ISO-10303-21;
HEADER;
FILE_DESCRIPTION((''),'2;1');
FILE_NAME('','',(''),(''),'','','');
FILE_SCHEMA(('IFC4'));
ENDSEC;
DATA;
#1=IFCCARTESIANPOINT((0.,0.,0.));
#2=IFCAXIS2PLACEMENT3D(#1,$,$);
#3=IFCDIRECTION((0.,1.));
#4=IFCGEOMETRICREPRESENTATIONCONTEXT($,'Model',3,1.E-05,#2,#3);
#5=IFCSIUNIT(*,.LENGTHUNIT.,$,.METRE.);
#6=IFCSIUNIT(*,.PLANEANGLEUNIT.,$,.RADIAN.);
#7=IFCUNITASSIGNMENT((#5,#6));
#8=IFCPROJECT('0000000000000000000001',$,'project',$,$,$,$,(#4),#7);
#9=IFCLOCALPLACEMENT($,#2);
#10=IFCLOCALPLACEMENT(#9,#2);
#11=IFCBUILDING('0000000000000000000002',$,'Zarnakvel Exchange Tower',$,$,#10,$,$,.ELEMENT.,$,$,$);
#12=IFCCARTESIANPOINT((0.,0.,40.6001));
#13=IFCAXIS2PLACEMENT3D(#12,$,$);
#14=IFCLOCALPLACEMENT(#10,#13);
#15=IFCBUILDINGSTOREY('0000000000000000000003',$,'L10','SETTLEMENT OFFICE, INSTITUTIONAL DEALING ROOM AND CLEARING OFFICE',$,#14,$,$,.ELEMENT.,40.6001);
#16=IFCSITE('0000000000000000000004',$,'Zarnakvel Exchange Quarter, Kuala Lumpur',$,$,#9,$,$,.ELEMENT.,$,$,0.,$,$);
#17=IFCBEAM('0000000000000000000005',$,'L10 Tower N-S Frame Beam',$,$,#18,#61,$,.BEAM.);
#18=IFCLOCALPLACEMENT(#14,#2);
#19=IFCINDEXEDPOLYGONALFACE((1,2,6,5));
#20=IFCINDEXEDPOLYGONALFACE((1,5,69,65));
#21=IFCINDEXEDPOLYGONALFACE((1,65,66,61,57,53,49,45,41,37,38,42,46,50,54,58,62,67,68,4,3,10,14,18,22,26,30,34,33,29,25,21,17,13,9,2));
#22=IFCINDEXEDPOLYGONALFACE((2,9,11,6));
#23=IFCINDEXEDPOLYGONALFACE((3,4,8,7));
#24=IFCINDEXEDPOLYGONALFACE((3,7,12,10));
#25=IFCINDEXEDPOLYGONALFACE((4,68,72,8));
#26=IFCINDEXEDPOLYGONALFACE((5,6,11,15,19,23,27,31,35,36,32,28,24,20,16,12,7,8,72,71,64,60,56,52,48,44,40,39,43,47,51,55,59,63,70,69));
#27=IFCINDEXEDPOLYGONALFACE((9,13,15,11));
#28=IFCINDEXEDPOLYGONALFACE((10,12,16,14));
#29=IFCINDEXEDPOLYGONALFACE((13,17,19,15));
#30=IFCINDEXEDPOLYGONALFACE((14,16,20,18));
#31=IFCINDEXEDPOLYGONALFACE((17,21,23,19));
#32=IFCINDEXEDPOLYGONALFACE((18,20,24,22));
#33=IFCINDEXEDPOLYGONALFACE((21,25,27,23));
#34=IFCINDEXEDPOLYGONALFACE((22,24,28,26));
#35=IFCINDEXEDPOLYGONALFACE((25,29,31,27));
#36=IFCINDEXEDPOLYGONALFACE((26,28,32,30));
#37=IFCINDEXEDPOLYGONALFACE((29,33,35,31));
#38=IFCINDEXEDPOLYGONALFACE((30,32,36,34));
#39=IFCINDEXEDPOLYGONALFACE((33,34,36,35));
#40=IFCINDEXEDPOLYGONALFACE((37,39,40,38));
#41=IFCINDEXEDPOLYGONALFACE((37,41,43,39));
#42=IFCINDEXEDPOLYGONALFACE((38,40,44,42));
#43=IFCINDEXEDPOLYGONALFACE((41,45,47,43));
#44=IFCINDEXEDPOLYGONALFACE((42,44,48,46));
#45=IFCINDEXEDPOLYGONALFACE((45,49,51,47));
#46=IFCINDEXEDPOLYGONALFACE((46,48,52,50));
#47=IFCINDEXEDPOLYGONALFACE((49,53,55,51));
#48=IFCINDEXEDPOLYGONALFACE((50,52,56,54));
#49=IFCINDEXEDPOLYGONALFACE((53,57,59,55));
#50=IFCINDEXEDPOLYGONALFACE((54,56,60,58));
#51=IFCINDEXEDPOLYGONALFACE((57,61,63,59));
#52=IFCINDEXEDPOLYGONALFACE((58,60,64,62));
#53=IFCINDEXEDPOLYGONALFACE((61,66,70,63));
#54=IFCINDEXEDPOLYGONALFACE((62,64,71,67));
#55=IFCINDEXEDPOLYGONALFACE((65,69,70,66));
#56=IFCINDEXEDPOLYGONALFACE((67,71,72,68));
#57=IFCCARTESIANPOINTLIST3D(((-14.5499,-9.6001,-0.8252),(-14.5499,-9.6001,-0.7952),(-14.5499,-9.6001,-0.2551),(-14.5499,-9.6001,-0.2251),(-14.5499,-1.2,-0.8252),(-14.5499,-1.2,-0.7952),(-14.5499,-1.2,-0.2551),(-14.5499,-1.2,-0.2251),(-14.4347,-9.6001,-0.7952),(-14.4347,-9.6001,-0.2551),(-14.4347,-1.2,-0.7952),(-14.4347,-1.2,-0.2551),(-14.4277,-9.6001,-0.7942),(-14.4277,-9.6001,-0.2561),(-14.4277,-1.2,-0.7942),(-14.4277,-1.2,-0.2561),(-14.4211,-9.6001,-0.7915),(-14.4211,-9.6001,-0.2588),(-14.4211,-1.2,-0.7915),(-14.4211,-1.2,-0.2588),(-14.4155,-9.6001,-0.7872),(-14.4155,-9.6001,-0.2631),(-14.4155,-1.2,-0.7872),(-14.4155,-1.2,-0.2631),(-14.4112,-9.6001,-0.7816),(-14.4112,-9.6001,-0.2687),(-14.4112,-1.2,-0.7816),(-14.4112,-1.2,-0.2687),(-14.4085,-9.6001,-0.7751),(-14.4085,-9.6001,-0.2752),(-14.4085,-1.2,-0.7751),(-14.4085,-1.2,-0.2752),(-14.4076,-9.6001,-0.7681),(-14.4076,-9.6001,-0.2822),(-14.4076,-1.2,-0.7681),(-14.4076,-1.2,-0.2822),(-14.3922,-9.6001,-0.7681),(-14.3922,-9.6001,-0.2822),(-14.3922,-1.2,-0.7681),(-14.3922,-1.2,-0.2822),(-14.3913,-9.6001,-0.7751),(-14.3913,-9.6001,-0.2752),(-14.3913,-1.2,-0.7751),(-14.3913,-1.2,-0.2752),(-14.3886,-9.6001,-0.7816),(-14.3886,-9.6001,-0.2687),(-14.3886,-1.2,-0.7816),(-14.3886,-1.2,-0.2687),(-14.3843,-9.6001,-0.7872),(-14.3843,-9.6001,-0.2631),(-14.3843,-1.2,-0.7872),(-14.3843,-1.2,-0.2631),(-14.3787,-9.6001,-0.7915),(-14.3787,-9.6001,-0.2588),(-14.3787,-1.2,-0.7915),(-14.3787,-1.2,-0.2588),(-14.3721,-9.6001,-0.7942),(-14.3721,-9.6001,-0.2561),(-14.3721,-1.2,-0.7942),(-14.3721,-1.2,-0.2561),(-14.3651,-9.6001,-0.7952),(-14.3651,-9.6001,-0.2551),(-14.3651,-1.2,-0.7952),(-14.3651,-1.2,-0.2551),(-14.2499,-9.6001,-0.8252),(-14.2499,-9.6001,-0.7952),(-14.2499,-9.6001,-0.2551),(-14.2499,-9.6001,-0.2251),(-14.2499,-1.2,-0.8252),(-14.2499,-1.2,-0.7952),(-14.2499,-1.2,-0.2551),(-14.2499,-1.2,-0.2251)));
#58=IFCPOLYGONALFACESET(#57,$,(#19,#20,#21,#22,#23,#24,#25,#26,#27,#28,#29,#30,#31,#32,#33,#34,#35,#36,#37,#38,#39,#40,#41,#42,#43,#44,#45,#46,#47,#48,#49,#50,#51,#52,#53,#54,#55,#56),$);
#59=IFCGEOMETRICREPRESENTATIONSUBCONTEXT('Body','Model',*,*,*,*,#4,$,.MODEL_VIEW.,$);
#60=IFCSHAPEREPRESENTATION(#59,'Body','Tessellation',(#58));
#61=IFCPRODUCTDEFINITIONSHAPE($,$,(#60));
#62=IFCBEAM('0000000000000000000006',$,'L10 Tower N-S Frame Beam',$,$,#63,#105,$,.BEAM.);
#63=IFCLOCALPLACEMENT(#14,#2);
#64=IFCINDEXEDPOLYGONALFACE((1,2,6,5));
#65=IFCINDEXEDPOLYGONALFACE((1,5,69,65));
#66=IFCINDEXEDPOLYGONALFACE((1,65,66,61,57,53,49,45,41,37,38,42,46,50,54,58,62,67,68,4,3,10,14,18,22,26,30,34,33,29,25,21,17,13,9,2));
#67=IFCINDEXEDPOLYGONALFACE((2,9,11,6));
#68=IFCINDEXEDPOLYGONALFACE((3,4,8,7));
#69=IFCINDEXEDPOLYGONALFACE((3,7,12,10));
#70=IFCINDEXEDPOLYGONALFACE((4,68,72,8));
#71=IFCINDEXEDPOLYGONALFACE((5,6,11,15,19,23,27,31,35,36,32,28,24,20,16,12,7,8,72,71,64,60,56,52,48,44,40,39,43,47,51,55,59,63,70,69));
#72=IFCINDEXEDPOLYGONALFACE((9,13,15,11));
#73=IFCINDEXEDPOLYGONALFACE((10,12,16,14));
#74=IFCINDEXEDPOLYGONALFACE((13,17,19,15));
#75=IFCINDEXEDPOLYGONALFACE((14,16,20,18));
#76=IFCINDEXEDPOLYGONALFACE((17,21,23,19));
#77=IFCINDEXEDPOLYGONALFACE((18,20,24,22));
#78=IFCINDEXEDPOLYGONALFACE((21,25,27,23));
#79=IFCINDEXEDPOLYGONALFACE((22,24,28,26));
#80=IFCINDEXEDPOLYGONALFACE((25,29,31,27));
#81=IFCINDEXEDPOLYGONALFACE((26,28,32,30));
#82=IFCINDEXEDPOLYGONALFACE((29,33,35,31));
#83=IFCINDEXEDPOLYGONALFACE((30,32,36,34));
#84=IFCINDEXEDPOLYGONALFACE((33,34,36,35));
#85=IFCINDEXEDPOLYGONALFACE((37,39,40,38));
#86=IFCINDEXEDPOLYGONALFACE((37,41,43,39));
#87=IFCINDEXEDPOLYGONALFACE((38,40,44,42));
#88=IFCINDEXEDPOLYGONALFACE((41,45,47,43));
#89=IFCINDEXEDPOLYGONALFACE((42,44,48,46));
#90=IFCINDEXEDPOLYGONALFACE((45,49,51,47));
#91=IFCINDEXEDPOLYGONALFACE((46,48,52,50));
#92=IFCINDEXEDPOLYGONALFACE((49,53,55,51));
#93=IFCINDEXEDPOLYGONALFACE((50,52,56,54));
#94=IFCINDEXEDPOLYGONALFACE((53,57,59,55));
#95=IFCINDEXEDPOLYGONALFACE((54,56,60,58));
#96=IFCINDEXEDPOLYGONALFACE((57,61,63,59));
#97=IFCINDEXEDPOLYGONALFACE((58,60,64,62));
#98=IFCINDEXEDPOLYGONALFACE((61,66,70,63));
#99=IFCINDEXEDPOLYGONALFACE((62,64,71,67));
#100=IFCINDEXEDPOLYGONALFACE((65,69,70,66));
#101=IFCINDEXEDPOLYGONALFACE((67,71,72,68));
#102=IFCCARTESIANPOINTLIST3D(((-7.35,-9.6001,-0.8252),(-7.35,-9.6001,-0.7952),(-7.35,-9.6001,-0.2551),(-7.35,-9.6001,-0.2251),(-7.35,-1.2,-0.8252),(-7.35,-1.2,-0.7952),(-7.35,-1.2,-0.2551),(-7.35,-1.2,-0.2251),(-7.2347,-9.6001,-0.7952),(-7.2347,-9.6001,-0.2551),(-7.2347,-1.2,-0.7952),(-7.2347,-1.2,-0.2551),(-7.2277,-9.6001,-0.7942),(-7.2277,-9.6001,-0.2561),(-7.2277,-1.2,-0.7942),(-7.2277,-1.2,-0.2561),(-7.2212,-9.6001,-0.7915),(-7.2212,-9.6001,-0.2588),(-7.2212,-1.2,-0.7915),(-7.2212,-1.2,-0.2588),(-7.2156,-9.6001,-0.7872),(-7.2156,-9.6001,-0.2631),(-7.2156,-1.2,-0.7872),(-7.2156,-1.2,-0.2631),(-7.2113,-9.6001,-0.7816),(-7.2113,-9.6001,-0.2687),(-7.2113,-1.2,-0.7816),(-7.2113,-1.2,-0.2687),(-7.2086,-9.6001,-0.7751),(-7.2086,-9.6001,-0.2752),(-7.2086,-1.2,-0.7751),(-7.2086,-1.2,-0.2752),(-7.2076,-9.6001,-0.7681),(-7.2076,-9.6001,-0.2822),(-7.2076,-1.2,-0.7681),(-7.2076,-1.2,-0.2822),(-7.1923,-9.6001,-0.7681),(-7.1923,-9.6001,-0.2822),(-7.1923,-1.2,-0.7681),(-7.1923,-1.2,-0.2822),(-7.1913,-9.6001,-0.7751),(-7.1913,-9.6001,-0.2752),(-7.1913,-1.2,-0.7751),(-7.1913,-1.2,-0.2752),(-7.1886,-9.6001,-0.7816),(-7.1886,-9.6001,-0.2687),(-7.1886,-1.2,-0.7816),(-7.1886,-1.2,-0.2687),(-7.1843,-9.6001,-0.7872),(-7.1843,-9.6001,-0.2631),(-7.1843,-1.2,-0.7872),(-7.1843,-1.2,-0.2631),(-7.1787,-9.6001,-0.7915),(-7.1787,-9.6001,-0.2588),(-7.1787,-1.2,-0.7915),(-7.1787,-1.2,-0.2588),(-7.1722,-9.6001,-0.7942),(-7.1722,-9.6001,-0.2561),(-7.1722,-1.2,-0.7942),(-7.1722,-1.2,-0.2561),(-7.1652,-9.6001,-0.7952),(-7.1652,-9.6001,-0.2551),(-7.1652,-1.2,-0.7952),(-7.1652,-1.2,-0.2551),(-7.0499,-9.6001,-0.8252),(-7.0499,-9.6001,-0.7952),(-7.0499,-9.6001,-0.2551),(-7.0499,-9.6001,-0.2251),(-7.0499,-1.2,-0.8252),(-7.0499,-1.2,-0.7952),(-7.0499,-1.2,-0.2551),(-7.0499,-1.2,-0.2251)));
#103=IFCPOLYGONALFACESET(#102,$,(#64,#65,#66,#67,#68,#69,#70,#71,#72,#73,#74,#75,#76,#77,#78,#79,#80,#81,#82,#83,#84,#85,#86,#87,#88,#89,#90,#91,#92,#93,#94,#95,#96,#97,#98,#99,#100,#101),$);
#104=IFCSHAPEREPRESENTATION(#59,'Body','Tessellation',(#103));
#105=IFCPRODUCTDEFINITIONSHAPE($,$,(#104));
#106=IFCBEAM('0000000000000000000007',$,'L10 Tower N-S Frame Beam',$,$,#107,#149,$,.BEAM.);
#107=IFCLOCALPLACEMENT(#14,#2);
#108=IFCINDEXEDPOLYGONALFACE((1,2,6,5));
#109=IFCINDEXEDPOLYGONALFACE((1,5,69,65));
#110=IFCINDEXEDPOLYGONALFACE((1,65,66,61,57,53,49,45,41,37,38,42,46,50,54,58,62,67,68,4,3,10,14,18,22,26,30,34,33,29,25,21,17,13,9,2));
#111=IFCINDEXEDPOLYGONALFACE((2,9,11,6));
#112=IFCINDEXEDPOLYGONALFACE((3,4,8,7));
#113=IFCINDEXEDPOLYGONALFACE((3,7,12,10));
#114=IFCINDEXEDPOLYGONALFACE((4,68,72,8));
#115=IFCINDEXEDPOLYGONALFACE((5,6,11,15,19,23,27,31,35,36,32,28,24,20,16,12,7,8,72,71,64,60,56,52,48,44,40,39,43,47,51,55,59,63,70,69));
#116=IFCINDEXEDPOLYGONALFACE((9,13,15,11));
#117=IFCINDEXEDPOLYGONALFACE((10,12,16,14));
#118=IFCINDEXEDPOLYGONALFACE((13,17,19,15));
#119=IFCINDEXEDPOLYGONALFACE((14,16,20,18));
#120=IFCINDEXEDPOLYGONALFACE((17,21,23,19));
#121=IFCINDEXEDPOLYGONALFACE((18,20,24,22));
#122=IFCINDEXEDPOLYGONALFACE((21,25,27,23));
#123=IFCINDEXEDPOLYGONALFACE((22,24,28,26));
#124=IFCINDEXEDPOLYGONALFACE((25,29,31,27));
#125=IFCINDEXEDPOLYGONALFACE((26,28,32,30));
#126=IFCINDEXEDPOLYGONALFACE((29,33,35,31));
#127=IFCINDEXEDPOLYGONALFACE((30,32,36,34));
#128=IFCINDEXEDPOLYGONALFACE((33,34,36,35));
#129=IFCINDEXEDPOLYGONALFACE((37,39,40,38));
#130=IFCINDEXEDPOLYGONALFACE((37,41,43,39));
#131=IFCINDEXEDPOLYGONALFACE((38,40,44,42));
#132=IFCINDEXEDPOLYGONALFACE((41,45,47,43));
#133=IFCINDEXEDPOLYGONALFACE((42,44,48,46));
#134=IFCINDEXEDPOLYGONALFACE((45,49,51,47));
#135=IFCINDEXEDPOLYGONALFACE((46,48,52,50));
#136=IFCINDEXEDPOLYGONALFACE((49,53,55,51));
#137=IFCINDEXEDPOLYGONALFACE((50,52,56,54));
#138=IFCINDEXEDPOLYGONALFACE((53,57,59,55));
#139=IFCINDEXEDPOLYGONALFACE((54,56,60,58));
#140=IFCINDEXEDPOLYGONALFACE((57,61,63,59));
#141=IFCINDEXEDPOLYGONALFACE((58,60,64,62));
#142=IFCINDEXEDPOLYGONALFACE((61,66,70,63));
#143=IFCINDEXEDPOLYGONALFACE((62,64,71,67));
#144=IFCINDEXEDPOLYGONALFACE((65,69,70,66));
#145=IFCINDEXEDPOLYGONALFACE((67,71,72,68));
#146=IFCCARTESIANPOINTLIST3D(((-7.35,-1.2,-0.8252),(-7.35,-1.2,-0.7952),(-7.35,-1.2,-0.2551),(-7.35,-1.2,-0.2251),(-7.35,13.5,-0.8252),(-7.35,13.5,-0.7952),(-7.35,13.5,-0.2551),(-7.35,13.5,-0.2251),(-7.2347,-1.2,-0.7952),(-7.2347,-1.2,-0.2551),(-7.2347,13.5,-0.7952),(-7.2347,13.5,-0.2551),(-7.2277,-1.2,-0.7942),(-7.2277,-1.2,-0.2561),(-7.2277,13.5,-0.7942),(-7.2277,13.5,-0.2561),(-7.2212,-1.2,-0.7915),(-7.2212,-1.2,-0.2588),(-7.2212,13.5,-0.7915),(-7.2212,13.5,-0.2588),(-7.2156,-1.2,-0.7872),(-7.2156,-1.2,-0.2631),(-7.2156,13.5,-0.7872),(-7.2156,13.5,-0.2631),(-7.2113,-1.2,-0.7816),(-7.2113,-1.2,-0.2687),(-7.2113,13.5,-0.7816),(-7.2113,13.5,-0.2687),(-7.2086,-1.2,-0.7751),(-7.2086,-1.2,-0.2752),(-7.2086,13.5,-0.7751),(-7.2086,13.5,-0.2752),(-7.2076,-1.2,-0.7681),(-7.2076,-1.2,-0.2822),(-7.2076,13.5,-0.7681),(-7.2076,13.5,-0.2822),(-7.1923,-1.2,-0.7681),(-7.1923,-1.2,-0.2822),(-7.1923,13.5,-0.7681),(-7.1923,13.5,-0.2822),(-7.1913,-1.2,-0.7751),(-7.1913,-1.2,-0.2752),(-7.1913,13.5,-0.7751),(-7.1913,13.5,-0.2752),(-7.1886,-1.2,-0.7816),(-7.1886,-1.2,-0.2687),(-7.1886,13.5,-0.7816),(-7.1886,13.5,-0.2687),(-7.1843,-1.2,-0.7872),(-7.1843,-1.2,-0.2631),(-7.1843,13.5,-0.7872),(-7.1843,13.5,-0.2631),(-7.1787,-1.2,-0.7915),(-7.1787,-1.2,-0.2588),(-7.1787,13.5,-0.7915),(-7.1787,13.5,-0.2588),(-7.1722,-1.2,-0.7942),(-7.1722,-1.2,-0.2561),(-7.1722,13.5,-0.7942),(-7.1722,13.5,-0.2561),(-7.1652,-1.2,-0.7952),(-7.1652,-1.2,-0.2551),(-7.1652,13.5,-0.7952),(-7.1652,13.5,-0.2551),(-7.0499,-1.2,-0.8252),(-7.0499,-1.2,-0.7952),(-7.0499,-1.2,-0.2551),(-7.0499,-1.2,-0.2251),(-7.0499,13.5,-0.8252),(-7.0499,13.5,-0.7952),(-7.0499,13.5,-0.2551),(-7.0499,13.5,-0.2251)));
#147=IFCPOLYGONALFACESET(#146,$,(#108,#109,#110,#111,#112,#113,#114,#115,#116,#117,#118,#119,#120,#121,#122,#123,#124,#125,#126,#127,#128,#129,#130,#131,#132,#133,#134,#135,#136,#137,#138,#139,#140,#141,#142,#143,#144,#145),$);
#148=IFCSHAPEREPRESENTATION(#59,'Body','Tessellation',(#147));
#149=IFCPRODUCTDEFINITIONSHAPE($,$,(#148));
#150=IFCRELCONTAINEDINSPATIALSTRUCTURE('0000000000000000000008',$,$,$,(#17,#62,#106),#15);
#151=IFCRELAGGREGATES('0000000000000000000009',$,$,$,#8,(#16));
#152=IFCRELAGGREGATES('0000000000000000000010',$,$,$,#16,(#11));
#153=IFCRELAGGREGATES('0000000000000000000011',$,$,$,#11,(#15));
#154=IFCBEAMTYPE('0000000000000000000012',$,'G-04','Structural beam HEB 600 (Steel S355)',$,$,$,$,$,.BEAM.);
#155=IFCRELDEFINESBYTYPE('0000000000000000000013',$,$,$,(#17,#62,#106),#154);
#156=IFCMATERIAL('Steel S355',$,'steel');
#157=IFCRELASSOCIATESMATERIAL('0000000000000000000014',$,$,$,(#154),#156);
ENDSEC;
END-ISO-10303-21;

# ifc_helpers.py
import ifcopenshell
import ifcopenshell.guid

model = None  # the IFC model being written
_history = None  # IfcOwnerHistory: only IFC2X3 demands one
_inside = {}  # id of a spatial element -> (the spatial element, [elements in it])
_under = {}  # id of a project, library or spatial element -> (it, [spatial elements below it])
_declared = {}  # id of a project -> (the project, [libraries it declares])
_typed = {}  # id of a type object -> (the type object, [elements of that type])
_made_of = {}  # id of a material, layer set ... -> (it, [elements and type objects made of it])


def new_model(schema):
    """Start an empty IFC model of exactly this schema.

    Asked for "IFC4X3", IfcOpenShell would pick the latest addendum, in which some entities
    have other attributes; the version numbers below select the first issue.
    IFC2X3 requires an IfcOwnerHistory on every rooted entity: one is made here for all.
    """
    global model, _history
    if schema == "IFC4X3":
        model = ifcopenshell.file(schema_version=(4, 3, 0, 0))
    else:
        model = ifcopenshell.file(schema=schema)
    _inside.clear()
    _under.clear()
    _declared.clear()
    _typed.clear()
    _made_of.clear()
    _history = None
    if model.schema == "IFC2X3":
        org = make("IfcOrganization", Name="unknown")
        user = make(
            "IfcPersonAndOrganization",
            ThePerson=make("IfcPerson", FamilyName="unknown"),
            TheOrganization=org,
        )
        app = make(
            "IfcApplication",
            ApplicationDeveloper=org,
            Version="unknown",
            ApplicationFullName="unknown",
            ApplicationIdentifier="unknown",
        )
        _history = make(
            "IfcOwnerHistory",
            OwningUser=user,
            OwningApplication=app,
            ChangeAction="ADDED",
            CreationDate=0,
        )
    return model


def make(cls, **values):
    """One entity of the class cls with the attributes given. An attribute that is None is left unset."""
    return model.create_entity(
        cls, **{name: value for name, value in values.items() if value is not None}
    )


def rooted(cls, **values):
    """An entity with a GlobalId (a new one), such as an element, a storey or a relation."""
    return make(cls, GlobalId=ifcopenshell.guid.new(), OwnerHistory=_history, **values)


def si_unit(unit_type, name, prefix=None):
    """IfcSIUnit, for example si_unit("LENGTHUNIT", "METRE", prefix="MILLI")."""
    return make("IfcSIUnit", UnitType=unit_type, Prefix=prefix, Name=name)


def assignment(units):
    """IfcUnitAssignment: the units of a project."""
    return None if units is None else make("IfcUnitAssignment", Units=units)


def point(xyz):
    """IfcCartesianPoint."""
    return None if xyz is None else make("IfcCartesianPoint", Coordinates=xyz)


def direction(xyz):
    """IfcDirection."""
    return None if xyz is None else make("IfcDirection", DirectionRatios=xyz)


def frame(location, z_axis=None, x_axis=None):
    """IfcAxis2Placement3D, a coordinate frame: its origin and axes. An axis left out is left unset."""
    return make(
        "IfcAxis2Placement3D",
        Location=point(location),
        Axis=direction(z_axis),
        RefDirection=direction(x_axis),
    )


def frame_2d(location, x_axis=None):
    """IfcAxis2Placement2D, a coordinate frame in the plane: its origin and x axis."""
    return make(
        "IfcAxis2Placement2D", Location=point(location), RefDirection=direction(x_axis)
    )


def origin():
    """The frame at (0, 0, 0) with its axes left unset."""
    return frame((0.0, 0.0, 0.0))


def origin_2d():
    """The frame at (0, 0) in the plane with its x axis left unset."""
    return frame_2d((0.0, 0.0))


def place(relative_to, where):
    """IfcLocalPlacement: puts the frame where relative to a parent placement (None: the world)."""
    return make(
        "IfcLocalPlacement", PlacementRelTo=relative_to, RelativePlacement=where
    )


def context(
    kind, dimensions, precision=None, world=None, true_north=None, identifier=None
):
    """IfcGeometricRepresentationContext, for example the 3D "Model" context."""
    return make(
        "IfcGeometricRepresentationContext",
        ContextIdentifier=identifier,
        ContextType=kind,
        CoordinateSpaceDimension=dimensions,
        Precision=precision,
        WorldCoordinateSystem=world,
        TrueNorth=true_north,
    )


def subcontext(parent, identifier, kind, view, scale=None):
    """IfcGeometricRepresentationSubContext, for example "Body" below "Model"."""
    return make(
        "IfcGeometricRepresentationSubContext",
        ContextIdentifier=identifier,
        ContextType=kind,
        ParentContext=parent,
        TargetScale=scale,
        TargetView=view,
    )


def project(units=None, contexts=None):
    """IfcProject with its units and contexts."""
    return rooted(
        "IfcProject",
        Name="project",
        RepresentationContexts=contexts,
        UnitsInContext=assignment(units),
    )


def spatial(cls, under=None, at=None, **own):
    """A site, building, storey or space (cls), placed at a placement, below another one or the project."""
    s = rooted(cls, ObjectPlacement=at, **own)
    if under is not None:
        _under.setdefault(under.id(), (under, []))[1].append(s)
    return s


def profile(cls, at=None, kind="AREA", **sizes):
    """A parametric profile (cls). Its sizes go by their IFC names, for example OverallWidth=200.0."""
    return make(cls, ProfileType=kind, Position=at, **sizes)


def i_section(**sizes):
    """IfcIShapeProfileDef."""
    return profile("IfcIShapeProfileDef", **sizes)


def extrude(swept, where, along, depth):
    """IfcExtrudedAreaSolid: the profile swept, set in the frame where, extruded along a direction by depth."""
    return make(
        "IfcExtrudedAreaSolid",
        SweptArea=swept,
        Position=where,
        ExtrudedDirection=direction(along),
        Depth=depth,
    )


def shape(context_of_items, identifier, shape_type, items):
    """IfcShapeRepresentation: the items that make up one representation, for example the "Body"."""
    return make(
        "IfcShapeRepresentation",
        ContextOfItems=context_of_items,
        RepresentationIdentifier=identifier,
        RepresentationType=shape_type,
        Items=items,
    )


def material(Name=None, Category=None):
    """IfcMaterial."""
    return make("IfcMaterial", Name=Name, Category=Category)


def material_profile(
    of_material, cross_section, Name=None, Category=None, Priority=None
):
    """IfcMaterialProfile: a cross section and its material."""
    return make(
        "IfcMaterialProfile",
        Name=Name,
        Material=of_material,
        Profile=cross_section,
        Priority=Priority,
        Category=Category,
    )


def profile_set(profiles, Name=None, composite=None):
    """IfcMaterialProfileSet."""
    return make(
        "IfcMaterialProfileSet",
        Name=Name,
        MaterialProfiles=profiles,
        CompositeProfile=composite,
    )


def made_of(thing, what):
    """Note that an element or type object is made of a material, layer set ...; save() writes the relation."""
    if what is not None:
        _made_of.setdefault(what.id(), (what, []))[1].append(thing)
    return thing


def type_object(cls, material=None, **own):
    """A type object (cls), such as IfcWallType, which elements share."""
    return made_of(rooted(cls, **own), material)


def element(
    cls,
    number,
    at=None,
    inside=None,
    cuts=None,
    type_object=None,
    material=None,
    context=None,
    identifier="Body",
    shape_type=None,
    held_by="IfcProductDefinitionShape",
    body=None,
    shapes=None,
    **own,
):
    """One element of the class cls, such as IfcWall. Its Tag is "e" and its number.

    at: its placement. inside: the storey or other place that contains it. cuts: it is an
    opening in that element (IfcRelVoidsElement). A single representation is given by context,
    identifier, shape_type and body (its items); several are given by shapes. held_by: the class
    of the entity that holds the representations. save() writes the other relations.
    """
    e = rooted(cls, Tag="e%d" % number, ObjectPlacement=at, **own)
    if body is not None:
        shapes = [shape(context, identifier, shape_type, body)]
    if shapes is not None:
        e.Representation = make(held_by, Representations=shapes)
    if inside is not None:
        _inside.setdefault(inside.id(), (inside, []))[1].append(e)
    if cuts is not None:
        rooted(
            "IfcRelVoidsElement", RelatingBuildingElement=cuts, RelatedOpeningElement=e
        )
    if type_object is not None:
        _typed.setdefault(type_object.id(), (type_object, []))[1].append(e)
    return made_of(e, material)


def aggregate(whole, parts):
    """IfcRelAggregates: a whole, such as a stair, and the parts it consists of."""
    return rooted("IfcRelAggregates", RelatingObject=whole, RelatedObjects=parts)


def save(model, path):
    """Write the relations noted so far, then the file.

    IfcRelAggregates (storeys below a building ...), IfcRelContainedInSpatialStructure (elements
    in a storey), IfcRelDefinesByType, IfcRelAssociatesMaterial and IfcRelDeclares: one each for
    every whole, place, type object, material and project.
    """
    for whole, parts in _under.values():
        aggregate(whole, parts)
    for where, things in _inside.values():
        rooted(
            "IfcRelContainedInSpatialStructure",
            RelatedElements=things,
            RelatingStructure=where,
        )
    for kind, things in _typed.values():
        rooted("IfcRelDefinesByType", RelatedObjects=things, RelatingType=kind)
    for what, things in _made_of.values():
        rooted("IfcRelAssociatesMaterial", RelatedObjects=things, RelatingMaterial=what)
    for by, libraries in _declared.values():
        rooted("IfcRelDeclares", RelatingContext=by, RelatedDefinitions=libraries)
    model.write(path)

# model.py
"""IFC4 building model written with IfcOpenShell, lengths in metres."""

from ifc_helpers import new_model, si_unit, direction, frame, origin, origin_2d, place, context, subcontext, project, spatial, i_section, extrude, material, material_profile, profile_set, type_object, element, save


model = new_model("IFC4")

# Units and contexts
model_context = context("Model", 3, precision=1e-05, world=origin(), true_north=direction((0.0, 1.0)))
body_context = subcontext(model_context, "Body", "Model", "MODEL_VIEW")
ifc_project = project(units=[si_unit("LENGTHUNIT", "METRE"), si_unit("PLANEANGLEUNIT", "RADIAN")], contexts=[model_context])

# Site, building, storey
site_placement = place(None, origin())
site = spatial("IfcSite", under=ifc_project, at=site_placement, Name="Zarnakvel Exchange Quarter, Kuala Lumpur", CompositionType="ELEMENT", RefElevation=0.0)
building_placement = place(site_placement, origin())
building = spatial("IfcBuilding", under=site, at=building_placement, Name="Zarnakvel Exchange Tower", CompositionType="ELEMENT")
storey_placement = place(building_placement, frame((0.0, 0.0, 40.6001)))
storey = spatial("IfcBuildingStorey", under=building, at=storey_placement, Name="L10", Description="SETTLEMENT OFFICE, INSTITUTIONAL DEALING ROOM AND CLEARING OFFICE", CompositionType="ELEMENT", Elevation=40.6001)

# Beams
ifc_material_1 = material(Name="Steel S355", Category="steel")
ifc_material_profile_1 = material_profile(ifc_material_1, i_section(OverallWidth=0.3, OverallDepth=0.6001, WebThickness=0.0154, FlangeThickness=0.03, FilletRadius=0.0271, at=origin_2d()))
ifc_profile_set_1 = profile_set([ifc_material_profile_1], Name="Steel S355")
beam_type_1 = type_object("IfcBeamType", Name="G-04", Description="Structural beam HEB 600 (Steel S355)", PredefinedType="BEAM", material=ifc_profile_set_1)
for number, where, z_axis, x_axis, name in (
    (1, (-14.3999, -9.6001, -0.5251), (0.0, 1.0, 0.0), (-1.0, 0.0, 0.0), "L10 Tower N-S Frame Beam"),
    (2, (-7.2, -9.6001, -0.5251), (0.0, 1.0, 0.0), (-1.0, 0.0, 0.0), "L10 Tower N-S Frame Beam"),
):
    element("IfcBeam", number, at=place(storey_placement, frame(where, z_axis=z_axis, x_axis=x_axis)), inside=storey, type_object=beam_type_1, Name=name, PredefinedType="BEAM", context=body_context, shape_type="SweptSolid", body=[
        extrude(i_section(OverallWidth=0.3, OverallDepth=0.6001, WebThickness=0.0154, FlangeThickness=0.03, FilletRadius=0.0271, at=origin_2d()), origin(), (0.0, 0.0, 1.0), 8.4001),
    ])
beam_1_placement = place(storey_placement, frame((-7.2, -1.2, -0.5251), z_axis=(0.0, 1.0, 0.0), x_axis=(-1.0, 0.0, 0.0)))
element("IfcBeam", 3, at=beam_1_placement, inside=storey, type_object=beam_type_1, Name="L10 Tower N-S Frame Beam", PredefinedType="BEAM", context=body_context, shape_type="SweptSolid", body=[
    extrude(i_section(OverallWidth=0.3, OverallDepth=0.6001, WebThickness=0.0154, FlangeThickness=0.03, FilletRadius=0.0271, at=origin_2d()), origin(), (0.0, 0.0, 1.0), 14.7),
])

save(model, "model.ifc")
